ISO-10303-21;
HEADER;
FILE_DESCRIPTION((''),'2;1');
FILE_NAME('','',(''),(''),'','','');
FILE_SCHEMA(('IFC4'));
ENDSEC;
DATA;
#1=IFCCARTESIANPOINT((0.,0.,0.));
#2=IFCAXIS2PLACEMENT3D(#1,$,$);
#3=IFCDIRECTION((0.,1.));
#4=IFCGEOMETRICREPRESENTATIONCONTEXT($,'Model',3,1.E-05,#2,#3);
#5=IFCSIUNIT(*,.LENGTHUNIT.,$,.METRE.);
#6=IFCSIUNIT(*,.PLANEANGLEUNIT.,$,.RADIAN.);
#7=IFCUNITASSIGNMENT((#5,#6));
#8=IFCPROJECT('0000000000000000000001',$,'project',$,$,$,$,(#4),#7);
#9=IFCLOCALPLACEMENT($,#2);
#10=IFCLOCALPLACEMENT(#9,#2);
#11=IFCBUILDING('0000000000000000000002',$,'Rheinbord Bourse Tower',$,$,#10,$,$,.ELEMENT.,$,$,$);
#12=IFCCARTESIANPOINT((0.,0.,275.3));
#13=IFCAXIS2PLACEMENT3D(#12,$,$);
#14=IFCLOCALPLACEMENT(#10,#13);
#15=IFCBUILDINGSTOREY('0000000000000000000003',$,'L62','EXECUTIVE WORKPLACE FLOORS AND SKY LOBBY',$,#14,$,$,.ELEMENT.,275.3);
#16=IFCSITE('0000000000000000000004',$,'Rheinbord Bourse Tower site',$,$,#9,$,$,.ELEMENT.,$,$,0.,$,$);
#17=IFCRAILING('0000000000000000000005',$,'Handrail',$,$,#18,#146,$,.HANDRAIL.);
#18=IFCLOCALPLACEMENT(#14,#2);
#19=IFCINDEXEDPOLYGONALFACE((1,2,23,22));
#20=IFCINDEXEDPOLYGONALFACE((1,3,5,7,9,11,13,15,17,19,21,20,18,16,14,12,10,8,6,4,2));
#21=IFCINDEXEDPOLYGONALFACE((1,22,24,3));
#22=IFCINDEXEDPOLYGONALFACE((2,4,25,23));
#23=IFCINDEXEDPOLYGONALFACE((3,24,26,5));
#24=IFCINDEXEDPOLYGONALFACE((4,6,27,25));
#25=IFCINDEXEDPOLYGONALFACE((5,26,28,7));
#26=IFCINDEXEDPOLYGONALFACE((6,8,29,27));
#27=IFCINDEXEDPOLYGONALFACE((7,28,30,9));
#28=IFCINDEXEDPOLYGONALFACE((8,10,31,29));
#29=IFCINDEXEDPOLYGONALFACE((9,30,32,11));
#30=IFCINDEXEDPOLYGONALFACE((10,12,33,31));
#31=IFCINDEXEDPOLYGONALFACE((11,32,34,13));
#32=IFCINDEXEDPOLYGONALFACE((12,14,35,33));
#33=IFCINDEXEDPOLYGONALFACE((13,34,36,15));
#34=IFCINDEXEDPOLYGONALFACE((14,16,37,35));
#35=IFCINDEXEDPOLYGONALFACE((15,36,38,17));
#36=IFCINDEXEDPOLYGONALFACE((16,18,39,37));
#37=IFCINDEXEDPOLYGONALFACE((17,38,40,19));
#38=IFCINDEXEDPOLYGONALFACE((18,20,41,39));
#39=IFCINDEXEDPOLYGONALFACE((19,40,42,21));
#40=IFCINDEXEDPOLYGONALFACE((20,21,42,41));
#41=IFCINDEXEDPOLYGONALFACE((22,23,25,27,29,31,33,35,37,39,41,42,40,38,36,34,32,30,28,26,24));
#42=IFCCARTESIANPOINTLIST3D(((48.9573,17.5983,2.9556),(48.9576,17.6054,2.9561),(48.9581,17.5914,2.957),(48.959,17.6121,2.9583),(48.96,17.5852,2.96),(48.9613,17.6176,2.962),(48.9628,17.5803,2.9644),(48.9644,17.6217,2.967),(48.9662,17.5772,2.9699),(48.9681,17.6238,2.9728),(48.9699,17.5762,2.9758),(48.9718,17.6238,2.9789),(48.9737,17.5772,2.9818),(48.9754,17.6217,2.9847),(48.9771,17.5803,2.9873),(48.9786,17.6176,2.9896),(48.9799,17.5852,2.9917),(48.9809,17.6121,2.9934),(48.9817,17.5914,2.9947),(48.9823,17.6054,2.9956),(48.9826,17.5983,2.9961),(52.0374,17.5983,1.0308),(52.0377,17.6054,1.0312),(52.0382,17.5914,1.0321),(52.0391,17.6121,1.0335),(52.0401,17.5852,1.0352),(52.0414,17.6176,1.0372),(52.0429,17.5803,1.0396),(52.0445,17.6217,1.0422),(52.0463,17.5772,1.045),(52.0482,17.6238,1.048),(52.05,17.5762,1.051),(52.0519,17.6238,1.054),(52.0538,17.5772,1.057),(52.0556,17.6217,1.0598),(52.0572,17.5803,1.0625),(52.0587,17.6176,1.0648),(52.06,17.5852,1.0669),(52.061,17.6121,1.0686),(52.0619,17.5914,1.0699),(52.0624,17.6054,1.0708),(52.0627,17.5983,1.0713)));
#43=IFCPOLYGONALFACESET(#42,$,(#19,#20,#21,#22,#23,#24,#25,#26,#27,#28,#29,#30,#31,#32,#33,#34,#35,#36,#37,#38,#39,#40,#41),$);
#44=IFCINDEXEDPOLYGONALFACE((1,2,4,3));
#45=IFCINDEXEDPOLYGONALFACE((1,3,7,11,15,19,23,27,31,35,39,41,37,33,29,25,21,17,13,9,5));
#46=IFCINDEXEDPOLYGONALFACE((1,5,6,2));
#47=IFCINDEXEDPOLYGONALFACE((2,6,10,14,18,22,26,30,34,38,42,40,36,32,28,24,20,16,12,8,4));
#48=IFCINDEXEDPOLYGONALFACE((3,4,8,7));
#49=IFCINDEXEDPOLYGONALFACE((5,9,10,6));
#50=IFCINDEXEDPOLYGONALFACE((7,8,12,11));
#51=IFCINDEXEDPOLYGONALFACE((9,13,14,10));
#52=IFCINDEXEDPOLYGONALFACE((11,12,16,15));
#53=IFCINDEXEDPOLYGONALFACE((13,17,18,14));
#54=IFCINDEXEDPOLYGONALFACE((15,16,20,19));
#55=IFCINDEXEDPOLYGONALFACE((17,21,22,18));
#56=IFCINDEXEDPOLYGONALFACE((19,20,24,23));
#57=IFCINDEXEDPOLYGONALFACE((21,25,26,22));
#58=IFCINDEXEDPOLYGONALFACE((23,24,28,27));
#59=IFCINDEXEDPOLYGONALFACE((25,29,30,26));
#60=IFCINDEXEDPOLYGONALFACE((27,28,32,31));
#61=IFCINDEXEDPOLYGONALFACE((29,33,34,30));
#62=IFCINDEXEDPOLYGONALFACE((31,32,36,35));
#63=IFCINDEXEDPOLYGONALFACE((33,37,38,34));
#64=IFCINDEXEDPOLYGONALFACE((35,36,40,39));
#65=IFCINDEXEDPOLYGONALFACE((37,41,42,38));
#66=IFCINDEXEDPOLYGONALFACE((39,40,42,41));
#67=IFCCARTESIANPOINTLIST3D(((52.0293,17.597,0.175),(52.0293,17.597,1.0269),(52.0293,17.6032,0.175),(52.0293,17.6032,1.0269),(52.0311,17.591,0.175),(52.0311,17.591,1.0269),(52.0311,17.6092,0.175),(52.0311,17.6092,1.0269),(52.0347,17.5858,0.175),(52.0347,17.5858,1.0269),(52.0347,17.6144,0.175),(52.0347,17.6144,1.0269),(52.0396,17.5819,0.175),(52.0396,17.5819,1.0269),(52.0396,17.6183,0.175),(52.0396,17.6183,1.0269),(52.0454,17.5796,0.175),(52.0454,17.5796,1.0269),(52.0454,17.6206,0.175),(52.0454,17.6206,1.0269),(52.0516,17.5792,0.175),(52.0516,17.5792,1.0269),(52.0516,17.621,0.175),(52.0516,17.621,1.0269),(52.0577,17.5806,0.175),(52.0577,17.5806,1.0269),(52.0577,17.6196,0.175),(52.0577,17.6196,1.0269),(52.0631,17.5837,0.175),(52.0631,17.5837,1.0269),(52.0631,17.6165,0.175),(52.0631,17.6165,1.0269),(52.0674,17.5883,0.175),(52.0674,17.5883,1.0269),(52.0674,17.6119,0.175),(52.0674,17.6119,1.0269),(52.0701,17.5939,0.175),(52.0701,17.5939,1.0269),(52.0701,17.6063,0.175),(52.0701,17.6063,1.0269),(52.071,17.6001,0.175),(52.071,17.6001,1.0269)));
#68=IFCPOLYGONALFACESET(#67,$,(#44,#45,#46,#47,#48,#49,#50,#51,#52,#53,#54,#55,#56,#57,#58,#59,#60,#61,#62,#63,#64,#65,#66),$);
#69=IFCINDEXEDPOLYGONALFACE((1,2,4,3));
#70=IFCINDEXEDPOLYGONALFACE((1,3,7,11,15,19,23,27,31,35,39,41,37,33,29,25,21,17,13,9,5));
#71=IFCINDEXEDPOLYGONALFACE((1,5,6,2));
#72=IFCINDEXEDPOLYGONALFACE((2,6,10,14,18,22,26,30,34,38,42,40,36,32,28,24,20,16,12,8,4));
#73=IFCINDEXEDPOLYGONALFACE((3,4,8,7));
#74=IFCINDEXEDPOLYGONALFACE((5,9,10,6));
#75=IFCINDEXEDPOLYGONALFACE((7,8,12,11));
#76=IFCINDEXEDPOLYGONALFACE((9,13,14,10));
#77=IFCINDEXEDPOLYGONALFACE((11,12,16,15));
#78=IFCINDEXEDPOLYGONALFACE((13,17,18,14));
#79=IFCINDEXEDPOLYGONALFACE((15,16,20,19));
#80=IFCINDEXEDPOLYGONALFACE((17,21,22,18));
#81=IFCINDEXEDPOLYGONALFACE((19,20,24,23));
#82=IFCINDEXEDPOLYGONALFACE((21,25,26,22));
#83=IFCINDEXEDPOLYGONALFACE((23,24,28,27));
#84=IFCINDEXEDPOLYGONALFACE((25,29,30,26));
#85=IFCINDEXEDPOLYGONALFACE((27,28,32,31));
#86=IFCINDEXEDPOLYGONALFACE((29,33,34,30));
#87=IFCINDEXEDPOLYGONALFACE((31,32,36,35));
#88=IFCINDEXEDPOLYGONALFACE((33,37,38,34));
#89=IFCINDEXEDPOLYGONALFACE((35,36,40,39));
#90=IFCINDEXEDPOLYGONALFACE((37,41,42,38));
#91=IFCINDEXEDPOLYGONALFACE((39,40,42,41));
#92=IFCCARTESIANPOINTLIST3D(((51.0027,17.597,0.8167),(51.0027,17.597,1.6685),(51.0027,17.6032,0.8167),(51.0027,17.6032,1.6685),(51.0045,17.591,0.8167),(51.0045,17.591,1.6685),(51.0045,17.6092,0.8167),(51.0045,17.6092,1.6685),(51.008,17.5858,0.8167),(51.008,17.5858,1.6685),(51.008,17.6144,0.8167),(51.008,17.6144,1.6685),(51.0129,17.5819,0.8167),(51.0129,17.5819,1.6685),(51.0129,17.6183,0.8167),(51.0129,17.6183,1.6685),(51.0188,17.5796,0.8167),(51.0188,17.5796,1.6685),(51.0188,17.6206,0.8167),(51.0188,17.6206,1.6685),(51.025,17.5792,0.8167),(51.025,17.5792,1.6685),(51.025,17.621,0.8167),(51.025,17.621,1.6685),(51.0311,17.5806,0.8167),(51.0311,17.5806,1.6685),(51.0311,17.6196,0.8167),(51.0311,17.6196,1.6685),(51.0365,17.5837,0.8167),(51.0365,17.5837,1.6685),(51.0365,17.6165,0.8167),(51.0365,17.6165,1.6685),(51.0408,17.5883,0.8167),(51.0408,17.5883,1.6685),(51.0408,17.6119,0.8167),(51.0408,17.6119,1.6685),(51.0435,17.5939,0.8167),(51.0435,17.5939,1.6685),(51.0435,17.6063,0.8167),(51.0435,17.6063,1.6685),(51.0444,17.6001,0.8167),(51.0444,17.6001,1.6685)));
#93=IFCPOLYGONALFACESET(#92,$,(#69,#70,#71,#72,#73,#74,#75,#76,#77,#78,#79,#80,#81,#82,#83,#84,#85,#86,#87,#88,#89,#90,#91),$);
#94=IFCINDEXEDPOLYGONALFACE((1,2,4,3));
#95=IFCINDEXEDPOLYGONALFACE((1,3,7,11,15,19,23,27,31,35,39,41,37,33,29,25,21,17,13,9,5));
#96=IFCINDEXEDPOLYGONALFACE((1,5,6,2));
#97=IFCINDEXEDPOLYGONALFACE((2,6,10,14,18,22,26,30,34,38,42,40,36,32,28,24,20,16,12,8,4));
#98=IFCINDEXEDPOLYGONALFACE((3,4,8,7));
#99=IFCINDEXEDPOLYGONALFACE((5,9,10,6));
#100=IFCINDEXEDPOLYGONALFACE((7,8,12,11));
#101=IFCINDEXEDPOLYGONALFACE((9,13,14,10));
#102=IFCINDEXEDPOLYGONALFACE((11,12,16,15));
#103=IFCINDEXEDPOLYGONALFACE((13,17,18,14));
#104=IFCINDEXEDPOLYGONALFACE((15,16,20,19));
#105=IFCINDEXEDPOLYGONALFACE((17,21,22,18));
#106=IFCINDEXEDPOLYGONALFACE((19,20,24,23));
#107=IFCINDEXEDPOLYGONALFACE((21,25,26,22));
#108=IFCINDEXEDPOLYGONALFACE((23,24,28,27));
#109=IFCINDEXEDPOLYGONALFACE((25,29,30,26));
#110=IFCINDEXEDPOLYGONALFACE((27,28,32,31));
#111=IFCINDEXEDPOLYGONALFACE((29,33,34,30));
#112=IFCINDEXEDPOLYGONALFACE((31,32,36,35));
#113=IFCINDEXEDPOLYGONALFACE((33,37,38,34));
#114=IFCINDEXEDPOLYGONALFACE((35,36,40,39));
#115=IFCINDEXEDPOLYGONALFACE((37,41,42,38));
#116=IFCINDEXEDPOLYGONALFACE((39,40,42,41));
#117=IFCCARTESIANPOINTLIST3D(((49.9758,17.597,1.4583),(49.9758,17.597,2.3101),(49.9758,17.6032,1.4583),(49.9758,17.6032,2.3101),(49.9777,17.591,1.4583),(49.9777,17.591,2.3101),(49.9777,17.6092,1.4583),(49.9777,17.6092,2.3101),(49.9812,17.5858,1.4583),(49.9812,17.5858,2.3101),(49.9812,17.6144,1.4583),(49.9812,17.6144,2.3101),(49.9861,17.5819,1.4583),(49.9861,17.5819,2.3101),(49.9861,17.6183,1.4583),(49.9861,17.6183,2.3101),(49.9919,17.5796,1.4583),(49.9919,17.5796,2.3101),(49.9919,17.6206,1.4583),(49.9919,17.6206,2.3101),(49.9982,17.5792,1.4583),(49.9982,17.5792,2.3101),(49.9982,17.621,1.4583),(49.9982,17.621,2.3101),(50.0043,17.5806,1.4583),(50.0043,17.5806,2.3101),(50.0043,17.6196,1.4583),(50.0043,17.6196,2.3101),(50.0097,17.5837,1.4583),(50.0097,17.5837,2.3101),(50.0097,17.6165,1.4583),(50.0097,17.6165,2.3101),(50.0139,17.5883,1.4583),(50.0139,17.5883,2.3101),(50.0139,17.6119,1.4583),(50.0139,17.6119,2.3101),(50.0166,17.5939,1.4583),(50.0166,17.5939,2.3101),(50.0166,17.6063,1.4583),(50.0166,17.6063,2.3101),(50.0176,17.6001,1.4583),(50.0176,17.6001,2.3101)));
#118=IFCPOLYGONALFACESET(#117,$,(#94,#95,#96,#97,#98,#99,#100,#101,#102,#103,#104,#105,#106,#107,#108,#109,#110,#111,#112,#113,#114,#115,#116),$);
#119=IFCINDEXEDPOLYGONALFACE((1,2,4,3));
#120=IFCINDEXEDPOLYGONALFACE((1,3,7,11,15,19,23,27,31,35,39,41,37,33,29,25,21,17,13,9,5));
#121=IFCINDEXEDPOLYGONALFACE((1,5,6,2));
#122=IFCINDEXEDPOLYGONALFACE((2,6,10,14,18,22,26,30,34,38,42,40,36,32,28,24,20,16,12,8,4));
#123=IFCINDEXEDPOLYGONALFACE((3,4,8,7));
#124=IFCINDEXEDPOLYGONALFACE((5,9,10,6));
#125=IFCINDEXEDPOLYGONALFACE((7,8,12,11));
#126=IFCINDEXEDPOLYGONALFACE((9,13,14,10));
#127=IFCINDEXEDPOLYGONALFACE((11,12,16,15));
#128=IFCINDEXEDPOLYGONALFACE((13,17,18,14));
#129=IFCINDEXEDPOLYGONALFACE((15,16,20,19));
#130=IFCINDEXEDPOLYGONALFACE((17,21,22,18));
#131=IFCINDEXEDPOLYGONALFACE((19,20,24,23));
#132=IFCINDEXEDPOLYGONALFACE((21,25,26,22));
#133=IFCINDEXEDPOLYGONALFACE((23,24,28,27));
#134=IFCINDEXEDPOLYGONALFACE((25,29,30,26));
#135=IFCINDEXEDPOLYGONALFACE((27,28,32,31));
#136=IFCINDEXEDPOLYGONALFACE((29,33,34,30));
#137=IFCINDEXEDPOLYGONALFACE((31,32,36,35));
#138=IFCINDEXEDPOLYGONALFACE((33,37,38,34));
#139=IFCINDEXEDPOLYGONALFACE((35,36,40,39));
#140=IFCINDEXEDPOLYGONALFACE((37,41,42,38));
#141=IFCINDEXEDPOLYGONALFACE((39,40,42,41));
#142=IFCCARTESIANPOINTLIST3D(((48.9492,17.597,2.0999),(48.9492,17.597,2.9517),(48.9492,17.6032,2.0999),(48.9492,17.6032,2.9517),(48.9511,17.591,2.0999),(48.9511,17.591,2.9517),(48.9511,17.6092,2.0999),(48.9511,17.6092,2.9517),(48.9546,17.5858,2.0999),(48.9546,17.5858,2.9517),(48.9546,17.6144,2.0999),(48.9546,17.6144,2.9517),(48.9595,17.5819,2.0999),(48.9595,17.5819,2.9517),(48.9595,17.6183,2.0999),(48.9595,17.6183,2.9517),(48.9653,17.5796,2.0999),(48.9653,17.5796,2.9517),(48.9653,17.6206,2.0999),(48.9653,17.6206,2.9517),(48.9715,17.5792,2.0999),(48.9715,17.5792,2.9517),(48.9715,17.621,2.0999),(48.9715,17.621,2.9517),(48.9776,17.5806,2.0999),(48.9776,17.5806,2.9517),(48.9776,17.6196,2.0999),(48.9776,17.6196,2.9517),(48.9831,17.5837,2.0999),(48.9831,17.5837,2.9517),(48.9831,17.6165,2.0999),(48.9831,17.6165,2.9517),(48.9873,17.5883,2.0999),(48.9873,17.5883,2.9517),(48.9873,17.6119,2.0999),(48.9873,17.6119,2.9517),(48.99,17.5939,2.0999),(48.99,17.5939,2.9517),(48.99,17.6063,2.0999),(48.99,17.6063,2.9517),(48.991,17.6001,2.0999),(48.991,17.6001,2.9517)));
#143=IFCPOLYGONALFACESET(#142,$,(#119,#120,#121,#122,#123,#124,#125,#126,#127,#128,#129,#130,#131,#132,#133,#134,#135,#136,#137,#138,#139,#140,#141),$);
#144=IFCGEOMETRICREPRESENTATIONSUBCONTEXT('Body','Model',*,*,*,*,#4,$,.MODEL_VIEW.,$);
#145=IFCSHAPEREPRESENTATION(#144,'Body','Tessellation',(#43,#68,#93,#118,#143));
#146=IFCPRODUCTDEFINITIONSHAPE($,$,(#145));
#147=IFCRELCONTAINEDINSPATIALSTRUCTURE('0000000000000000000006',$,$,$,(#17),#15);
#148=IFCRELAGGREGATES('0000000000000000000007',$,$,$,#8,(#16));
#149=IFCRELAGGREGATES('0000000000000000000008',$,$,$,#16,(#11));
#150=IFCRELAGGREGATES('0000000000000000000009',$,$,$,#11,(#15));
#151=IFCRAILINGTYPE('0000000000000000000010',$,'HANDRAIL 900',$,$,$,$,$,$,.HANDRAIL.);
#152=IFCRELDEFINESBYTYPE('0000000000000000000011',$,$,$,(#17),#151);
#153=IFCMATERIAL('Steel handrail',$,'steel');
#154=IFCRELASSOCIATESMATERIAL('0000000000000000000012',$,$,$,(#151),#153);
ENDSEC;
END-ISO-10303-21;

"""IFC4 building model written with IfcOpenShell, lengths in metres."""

from ifc_helpers import new_model, si_unit, direction, frame, origin, origin_2d, place, context, subcontext, project, spatial, circle, extrude, material, type_object, element, save


model = new_model("IFC4")

# Units and contexts
model_context = context("Model", 3, precision=1e-05, world=origin(), true_north=direction((0.0, 1.0)))
body_context = subcontext(model_context, "Body", "Model", "MODEL_VIEW")
ifc_project = project(units=[si_unit("LENGTHUNIT", "METRE"), si_unit("PLANEANGLEUNIT", "RADIAN")], contexts=[model_context])

# Site, building, storey
site_placement = place(None, origin())
site = spatial("IfcSite", under=ifc_project, at=site_placement, Name="Rheinbord Bourse Tower site", CompositionType="ELEMENT", RefElevation=0.0)
building_placement = place(site_placement, origin())
building = spatial("IfcBuilding", under=site, at=building_placement, Name="Rheinbord Bourse Tower", CompositionType="ELEMENT")
storey_placement = place(building_placement, frame((0.0, 0.0, 275.3)))
storey = spatial("IfcBuildingStorey", under=building, at=storey_placement, Name="L62", Description="EXECUTIVE WORKPLACE FLOORS AND SKY LOBBY", CompositionType="ELEMENT", Elevation=275.3)

# Railing
ifc_material_1 = material(Name="Steel handrail", Category="steel")
railing_type = type_object("IfcRailingType", Name="HANDRAIL 900", PredefinedType="HANDRAIL", material=ifc_material_1)
railing_1_placement = place(storey_placement, frame((52.05, 17.6001, 0.175)))
element("IfcRailing", 1, at=railing_1_placement, inside=storey, type_object=railing_type, Name="Handrail", PredefinedType="HANDRAIL", context=body_context, shape_type="SweptSolid", body=[
    extrude(circle(Radius=0.0239, at=origin_2d()), frame((0.0, 0.0, 0.876), z_axis=(-0.848029, 0.0, 0.529951), x_axis=(0.0, -1.0, 0.0)), (0.0, 0.0, 1.0), 3.6321),
    extrude(circle(Radius=0.021, at=origin_2d()), origin(), (0.0, 0.0, 1.0), 0.8518),
    extrude(circle(Radius=0.021, at=origin_2d()), frame((-1.0266, 0.0, 0.6416)), (0.0, 0.0, 1.0), 0.8518),
    extrude(circle(Radius=0.021, at=origin_2d()), frame((-2.0535, 0.0, 1.2832)), (0.0, 0.0, 1.0), 0.8518),
    extrude(circle(Radius=0.021, at=origin_2d()), frame((-3.0801, 0.0, 1.9248)), (0.0, 0.0, 1.0), 0.8518),
])

save(model, "model.ifc")
